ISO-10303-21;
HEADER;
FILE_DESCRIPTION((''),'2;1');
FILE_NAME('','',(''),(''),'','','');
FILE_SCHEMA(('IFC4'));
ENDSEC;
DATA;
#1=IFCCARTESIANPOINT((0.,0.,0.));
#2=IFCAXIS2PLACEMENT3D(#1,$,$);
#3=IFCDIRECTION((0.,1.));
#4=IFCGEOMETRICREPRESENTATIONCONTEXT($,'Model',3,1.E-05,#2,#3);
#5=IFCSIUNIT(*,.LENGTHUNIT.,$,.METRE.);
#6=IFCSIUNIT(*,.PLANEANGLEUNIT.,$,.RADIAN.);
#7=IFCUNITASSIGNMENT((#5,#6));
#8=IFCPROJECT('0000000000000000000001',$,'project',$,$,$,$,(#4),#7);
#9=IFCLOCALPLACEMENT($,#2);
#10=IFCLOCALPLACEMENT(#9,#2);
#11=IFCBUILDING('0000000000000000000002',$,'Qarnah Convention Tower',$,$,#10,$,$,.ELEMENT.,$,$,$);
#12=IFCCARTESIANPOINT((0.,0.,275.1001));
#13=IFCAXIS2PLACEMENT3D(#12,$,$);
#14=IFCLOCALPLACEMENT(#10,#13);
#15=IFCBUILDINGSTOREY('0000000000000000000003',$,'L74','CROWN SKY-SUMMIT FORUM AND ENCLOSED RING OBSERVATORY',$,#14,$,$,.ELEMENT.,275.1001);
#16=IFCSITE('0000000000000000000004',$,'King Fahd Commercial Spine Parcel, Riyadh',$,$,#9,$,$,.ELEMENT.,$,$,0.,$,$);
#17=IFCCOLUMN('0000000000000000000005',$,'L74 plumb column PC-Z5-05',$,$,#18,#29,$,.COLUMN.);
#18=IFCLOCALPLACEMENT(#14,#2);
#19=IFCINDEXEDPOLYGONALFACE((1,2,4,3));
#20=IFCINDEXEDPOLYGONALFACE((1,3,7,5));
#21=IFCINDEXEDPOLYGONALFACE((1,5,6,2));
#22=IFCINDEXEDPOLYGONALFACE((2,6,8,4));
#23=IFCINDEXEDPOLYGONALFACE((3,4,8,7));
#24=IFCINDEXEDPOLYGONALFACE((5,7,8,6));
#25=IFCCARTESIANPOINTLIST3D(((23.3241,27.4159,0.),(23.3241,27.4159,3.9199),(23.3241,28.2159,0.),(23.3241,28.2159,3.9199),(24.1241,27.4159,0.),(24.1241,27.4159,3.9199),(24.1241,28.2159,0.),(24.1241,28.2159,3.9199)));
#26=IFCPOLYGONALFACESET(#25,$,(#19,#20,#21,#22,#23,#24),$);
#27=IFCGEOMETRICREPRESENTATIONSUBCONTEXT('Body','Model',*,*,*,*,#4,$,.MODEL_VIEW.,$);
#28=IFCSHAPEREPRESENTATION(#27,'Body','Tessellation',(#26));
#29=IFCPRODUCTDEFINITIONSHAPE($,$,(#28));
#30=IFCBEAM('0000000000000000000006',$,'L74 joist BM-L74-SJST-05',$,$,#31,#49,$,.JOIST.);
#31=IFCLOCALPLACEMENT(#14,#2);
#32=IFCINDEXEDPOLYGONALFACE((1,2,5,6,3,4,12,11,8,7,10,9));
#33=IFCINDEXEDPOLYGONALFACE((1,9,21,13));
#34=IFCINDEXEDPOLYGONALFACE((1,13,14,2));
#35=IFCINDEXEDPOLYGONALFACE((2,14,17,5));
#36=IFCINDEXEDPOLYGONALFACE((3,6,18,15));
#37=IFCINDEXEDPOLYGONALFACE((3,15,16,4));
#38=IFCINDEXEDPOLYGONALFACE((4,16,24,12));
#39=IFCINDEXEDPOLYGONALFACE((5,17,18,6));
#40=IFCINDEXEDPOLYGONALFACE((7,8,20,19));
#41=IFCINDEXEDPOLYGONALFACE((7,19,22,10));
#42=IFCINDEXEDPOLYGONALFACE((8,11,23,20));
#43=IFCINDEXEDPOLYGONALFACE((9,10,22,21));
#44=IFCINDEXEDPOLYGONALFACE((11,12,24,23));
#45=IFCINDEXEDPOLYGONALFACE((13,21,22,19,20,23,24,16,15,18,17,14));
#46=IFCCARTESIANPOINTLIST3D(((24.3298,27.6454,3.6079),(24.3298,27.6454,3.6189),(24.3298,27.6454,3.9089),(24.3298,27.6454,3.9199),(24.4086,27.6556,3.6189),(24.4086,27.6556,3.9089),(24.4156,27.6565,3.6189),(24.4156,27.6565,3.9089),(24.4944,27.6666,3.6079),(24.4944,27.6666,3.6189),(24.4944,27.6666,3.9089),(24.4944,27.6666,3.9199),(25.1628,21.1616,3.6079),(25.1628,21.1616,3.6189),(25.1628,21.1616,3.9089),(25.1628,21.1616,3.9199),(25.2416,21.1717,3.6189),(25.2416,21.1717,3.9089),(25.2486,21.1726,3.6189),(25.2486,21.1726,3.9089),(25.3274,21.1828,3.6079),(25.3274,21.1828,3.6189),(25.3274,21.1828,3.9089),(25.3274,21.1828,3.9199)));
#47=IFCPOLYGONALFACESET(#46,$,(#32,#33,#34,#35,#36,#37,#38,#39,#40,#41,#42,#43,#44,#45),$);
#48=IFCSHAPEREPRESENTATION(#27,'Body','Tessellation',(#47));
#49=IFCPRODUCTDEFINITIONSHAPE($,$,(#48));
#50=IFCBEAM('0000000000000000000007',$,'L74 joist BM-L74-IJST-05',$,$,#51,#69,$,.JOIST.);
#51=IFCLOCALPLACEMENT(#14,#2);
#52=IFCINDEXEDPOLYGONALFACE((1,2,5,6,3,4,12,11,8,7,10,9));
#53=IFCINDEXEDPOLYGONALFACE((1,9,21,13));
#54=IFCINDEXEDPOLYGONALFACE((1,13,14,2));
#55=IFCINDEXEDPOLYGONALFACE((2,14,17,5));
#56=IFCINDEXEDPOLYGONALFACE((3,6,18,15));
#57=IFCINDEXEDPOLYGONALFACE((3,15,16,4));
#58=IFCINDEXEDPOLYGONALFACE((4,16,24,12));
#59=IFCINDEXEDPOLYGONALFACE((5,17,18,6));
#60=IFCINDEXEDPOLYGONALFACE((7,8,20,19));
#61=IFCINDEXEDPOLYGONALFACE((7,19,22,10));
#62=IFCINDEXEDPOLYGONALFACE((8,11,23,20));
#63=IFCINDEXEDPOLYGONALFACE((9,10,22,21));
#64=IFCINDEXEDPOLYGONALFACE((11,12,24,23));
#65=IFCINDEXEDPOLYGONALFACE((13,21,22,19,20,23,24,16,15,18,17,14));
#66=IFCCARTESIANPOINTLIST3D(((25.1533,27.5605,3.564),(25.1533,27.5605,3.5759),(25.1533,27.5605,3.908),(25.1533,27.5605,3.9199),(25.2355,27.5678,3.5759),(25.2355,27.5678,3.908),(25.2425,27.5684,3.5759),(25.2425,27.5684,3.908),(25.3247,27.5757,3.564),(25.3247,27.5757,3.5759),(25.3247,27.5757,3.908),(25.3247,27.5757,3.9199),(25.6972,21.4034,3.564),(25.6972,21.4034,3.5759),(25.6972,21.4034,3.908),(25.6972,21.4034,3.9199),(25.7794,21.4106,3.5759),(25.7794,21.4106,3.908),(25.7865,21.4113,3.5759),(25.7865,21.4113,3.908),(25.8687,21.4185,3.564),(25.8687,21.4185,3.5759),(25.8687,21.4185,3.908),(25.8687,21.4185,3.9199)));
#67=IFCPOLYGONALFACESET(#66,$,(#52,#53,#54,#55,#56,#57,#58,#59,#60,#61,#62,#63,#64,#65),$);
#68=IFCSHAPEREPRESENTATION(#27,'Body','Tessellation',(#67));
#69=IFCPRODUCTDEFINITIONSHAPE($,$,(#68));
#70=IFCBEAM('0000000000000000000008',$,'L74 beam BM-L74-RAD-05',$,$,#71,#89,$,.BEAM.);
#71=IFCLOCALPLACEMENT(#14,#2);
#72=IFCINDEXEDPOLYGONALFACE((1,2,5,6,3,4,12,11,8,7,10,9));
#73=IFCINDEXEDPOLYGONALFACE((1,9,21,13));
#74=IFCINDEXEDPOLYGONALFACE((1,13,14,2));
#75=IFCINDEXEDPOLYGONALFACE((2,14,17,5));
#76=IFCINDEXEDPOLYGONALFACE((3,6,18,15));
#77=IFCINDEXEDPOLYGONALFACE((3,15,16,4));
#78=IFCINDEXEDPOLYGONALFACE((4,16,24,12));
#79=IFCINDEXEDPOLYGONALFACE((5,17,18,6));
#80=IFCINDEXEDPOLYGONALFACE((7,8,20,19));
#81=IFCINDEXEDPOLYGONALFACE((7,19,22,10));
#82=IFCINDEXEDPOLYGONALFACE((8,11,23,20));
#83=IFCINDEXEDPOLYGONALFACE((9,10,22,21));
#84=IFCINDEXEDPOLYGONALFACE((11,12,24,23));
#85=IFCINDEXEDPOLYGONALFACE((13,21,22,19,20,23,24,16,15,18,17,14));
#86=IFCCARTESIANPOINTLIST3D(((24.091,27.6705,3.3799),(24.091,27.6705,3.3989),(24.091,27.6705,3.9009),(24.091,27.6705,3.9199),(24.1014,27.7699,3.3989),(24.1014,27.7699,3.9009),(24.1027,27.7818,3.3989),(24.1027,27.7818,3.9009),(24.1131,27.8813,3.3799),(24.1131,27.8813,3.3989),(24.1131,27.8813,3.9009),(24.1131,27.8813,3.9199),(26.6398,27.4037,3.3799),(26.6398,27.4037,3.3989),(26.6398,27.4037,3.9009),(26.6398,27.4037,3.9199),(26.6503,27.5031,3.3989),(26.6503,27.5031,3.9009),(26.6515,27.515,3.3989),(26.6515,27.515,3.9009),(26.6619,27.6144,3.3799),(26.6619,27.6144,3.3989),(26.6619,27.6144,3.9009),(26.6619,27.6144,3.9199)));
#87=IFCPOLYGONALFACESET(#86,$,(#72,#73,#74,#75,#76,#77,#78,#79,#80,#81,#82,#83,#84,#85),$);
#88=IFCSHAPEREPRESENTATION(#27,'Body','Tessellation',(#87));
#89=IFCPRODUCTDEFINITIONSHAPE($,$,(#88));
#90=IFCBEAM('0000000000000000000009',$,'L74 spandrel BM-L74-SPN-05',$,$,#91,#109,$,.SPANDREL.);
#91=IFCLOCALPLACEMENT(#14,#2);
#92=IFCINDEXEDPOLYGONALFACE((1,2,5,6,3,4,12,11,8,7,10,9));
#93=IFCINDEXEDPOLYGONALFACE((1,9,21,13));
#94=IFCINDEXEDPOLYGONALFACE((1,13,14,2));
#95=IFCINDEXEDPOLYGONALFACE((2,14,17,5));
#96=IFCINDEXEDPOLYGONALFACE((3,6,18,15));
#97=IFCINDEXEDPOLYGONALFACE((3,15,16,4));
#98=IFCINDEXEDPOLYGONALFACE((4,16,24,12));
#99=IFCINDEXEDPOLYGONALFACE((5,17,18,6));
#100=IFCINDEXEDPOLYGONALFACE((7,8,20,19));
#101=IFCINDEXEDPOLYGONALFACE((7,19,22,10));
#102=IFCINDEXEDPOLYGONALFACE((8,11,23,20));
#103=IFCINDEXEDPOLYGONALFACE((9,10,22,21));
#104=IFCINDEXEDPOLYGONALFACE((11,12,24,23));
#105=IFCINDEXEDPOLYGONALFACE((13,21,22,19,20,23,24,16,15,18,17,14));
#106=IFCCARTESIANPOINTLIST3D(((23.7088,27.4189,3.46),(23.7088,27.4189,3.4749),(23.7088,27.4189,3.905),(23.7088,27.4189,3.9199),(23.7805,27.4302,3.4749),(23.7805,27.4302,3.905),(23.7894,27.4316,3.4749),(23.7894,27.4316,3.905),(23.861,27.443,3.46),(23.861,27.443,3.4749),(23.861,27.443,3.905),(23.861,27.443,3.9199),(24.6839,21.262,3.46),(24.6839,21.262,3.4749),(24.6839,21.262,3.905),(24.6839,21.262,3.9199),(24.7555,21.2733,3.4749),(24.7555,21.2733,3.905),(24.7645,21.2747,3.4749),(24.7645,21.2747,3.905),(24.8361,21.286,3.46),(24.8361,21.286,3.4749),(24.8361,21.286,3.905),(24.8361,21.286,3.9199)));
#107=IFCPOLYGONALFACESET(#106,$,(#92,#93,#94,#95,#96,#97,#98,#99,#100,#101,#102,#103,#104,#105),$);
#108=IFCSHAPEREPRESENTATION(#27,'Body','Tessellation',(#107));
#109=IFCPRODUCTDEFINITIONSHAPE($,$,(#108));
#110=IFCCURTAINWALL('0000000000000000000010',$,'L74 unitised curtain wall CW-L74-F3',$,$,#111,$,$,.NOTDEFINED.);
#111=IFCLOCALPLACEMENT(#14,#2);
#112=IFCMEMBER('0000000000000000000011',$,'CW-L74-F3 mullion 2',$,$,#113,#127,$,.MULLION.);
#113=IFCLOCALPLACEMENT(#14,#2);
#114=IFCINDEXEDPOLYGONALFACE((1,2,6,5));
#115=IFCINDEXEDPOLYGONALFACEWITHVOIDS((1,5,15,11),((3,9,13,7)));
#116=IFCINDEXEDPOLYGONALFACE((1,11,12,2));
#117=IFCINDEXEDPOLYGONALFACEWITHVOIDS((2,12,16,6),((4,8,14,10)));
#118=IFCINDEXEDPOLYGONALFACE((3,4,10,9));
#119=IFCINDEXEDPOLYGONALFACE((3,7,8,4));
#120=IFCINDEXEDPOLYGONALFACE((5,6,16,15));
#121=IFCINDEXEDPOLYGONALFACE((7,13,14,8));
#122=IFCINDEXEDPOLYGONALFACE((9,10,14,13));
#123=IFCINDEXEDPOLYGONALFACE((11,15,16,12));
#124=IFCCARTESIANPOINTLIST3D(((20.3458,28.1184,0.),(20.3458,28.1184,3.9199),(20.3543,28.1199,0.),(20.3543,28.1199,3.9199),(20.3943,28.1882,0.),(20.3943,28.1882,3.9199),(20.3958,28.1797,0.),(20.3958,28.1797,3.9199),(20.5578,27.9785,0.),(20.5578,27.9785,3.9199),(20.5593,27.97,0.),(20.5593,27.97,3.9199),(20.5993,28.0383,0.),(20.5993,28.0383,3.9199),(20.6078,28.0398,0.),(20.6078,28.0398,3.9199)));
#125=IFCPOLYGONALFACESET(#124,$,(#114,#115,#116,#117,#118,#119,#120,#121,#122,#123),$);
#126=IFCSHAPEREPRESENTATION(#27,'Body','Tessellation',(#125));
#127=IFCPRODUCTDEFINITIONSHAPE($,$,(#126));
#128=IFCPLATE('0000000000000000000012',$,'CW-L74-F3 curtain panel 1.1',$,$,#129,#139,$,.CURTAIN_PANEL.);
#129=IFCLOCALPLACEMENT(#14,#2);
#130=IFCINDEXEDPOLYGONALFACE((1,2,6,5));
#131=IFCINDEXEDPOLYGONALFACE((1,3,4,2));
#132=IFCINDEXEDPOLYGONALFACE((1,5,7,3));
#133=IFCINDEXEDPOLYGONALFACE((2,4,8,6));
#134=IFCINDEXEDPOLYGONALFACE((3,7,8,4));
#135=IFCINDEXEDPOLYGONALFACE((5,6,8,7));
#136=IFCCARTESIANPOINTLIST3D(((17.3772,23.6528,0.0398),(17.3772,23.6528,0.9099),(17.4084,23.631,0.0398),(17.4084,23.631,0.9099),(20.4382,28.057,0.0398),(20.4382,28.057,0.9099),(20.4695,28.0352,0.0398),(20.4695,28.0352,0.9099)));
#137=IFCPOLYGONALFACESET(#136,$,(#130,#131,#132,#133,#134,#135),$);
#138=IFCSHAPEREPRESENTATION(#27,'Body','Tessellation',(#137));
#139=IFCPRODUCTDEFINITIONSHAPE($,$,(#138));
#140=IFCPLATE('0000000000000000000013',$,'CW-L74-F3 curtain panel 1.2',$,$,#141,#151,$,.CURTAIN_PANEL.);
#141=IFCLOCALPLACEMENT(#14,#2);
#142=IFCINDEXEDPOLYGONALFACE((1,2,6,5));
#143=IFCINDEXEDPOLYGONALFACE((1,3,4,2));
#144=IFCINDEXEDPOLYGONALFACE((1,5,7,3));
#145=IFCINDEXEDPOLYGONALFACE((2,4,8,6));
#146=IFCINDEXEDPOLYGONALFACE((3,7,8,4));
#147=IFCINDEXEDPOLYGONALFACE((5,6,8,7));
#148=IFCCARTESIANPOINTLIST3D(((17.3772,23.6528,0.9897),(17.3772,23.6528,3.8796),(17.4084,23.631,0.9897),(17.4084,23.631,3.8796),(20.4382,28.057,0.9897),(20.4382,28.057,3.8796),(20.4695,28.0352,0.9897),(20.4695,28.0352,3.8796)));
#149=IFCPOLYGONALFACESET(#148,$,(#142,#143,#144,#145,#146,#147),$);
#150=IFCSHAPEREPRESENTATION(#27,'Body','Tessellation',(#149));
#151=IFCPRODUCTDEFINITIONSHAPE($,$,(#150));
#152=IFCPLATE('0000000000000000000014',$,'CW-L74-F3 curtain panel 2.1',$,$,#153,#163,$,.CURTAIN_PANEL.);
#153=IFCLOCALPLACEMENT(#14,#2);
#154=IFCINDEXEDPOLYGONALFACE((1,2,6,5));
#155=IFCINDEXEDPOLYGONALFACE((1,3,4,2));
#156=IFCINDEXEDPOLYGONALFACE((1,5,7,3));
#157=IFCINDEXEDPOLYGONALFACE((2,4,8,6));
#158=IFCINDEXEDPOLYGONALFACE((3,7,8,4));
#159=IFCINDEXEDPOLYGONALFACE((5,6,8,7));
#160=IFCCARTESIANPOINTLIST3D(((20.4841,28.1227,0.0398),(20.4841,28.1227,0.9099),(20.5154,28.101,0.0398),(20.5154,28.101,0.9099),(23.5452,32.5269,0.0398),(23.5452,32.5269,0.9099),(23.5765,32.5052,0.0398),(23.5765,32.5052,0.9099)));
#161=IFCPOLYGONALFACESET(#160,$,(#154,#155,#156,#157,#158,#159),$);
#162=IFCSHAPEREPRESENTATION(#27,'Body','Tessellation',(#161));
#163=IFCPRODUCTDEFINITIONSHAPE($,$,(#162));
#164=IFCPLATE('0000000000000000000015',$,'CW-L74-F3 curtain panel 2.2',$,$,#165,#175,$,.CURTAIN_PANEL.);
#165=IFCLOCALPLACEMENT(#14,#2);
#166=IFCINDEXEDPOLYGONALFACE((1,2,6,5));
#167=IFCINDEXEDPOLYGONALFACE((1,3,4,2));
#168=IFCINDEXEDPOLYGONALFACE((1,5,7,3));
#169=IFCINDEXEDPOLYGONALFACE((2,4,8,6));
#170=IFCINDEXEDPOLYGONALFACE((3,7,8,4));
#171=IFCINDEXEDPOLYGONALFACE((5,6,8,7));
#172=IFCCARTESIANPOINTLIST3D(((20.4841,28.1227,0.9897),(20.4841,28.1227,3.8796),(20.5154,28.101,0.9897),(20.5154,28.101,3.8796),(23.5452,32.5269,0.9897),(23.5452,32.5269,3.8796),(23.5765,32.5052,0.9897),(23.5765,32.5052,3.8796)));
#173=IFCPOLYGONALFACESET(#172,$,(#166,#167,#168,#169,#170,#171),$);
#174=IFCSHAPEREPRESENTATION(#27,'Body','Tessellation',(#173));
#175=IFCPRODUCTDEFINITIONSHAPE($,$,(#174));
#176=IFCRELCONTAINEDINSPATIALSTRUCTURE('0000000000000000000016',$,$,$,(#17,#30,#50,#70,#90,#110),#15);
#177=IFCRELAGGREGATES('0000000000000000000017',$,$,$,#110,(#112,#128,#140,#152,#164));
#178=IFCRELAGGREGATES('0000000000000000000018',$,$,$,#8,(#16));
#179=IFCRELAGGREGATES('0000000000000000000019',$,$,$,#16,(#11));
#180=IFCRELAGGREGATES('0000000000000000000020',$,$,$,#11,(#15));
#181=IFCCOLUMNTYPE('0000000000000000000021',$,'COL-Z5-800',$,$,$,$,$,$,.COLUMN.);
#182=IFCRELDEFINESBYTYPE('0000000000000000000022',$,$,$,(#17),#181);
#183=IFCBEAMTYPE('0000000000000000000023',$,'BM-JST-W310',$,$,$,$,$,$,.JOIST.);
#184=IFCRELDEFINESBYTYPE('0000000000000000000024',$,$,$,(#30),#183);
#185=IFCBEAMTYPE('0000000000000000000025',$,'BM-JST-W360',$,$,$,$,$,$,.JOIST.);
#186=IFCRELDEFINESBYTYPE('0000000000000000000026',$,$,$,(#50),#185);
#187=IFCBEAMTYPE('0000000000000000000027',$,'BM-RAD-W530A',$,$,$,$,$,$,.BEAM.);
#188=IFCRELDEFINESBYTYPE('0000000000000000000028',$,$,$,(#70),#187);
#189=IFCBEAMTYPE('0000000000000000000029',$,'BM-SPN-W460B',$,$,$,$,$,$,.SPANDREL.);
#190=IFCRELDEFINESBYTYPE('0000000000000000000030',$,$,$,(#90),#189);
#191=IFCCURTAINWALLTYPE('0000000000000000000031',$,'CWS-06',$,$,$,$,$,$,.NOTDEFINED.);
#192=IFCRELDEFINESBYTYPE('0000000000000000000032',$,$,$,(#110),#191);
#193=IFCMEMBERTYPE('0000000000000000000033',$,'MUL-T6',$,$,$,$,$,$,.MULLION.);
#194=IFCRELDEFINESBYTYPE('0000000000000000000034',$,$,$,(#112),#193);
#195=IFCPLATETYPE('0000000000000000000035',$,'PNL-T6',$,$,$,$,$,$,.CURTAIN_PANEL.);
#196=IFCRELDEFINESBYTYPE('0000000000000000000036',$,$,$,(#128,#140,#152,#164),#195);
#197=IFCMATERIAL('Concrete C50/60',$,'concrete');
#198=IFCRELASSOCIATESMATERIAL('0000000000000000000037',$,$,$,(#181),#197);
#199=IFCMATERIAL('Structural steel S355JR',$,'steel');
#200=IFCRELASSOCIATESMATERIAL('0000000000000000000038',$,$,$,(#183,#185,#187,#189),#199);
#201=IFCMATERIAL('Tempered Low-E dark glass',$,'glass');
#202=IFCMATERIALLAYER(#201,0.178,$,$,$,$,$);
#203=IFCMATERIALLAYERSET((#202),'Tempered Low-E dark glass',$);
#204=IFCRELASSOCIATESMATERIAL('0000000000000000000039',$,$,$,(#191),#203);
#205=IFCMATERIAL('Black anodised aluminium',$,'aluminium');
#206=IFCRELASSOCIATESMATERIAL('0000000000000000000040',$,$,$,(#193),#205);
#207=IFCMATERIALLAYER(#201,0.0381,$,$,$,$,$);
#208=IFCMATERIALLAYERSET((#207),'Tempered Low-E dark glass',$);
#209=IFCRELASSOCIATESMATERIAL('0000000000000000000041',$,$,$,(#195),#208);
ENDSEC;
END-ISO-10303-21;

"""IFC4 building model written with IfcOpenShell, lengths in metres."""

from ifc_helpers import new_model, si_unit, direction, frame, origin, origin_2d, place, context, subcontext, project, spatial, rectangle, hollow_rectangle, i_section, extrude, material, layer, layer_set, material_profile, profile_set, type_object, element, aggregate, save


model = new_model("IFC4")

# Units and contexts
model_context = context("Model", 3, precision=1e-05, world=origin(), true_north=direction((0.0, 1.0)))
body_context = subcontext(model_context, "Body", "Model", "MODEL_VIEW")
ifc_project = project(units=[si_unit("LENGTHUNIT", "METRE"), si_unit("PLANEANGLEUNIT", "RADIAN")], contexts=[model_context])

# Site, building, storey
site_placement = place(None, origin())
site = spatial("IfcSite", under=ifc_project, at=site_placement, Name="King Fahd Commercial Spine Parcel, Riyadh", CompositionType="ELEMENT", RefElevation=0.0)
building_placement = place(site_placement, origin())
building = spatial("IfcBuilding", under=site, at=building_placement, Name="Qarnah Convention Tower", CompositionType="ELEMENT")
storey_placement = place(building_placement, frame((0.0, 0.0, 275.1001)))
storey = spatial("IfcBuildingStorey", under=building, at=storey_placement, Name="L74", Description="CROWN SKY-SUMMIT FORUM AND ENCLOSED RING OBSERVATORY", CompositionType="ELEMENT", Elevation=275.1001)

# Column
ifc_material_1 = material(Name="Concrete C50/60", Category="concrete")
ifc_material_profile_1 = material_profile(ifc_material_1, rectangle(XDim=0.8, YDim=0.8, at=origin_2d()), Name="RC-COL-800X800")
ifc_profile_set_1 = profile_set([ifc_material_profile_1], Name="Concrete C50/60")
column_type = type_object("IfcColumnType", Name="COL-Z5-800", PredefinedType="COLUMN", material=ifc_profile_set_1)
column_placement = place(storey_placement, frame((23.7241, 27.8159, 0.0), z_axis=(0.0, 0.0, 1.0), x_axis=(1.0, 0.0, 0.0)))
element("IfcColumn", 1, at=column_placement, inside=storey, type_object=column_type, Name="L74 plumb column PC-Z5-05", PredefinedType="COLUMN", context=body_context, shape_type="SweptSolid", body=[
    extrude(rectangle(XDim=0.8, YDim=0.8, at=origin_2d()), origin(), (0.0, 0.0, 1.0), 3.9199),
])

# Beams
ifc_material_2 = material(Name="Structural steel S355JR", Category="steel")
ifc_material_profile_2 = material_profile(ifc_material_2, i_section(OverallWidth=0.166, OverallDepth=0.312, WebThickness=0.0071, FlangeThickness=0.011, at=origin_2d()), Name="W310X45")
ifc_profile_set_2 = profile_set([ifc_material_profile_2], Name="Structural steel S355JR")
beam_type_1 = type_object("IfcBeamType", Name="BM-JST-W310", PredefinedType="JOIST", material=ifc_profile_set_2)
beam_1_placement = place(storey_placement, frame((24.4121, 27.656, 3.7639), z_axis=(0.127426, -0.991848, 0.0), x_axis=(0.991848, 0.127426, 0.0)))
element("IfcBeam", 2, at=beam_1_placement, inside=storey, type_object=beam_type_1, Name="L74 joist BM-L74-SJST-05", PredefinedType="JOIST", context=body_context, shape_type="SweptSolid", body=[
    extrude(i_section(OverallWidth=0.166, OverallDepth=0.312, WebThickness=0.0071, FlangeThickness=0.011, at=origin_2d()), origin(), (0.0, 0.0, 1.0), 6.5371),
])
ifc_material_profile_3 = material_profile(ifc_material_2, i_section(OverallWidth=0.1721, OverallDepth=0.356, WebThickness=0.0071, FlangeThickness=0.012, at=origin_2d()), Name="W360X51")
ifc_profile_set_3 = profile_set([ifc_material_profile_3], Name="Structural steel S355JR")
beam_type_2 = type_object("IfcBeamType", Name="BM-JST-W360", PredefinedType="JOIST", material=ifc_profile_set_3)
beam_2_placement = place(storey_placement, frame((25.239, 27.5681, 3.7419), z_axis=(0.088, -0.99612, 0.0), x_axis=(0.99612, 0.088, 0.0)))
element("IfcBeam", 3, at=beam_2_placement, inside=storey, type_object=beam_type_2, Name="L74 joist BM-L74-IJST-05", PredefinedType="JOIST", context=body_context, shape_type="SweptSolid", body=[
    extrude(i_section(OverallWidth=0.1721, OverallDepth=0.356, WebThickness=0.0071, FlangeThickness=0.012, at=origin_2d()), origin(), (0.0, 0.0, 1.0), 6.1812),
])
ifc_material_profile_4 = material_profile(ifc_material_2, i_section(OverallWidth=0.2119, OverallDepth=0.54, WebThickness=0.012, FlangeThickness=0.019, at=origin_2d()), Name="W530X109")
ifc_profile_set_4 = profile_set([ifc_material_profile_4], Name="Structural steel S355JR")
beam_type_3 = type_object("IfcBeamType", Name="BM-RAD-W530A", PredefinedType="BEAM", material=ifc_profile_set_4)
beam_3_placement = place(storey_placement, frame((26.6509, 27.509, 3.6499), z_axis=(-0.994564, 0.104124, 0.0), x_axis=(-0.104124, -0.994564, 0.0)))
element("IfcBeam", 4, at=beam_3_placement, inside=storey, type_object=beam_type_3, Name="L74 beam BM-L74-RAD-05", PredefinedType="BEAM", context=body_context, shape_type="SweptSolid", body=[
    extrude(i_section(OverallWidth=0.2119, OverallDepth=0.54, WebThickness=0.012, FlangeThickness=0.019, at=origin_2d()), origin(), (0.0, 0.0, 1.0), 2.5627),
])
ifc_material_profile_5 = material_profile(ifc_material_2, i_section(OverallWidth=0.1541, OverallDepth=0.46, WebThickness=0.009, FlangeThickness=0.0149, at=origin_2d()), Name="W460X68")
ifc_profile_set_5 = profile_set([ifc_material_profile_5], Name="Structural steel S355JR")
beam_type_4 = type_object("IfcBeamType", Name="BM-SPN-W460B", PredefinedType="SPANDREL", material=ifc_profile_set_5)
beam_4_placement = place(storey_placement, frame((23.7849, 27.4309, 3.6899), z_axis=(0.156423, -0.98769, 0.0), x_axis=(0.98769, 0.156423, 0.0)))
element("IfcBeam", 5, at=beam_4_placement, inside=storey, type_object=beam_type_4, Name="L74 spandrel BM-L74-SPN-05", PredefinedType="SPANDREL", context=body_context, shape_type="SweptSolid", body=[
    extrude(i_section(OverallWidth=0.1541, OverallDepth=0.46, WebThickness=0.009, FlangeThickness=0.0149, at=origin_2d()), origin(), (0.0, 0.0, 1.0), 6.2336),
])

# Curtain wall, member, plates
ifc_material_3 = material(Name="Tempered Low-E dark glass", Category="glass")
ifc_layer_1 = layer(ifc_material_3, 0.178)
ifc_layer_set_1 = layer_set([ifc_layer_1], Name="Tempered Low-E dark glass")
curtain_wall_type = type_object("IfcCurtainWallType", Name="CWS-06", PredefinedType="NOTDEFINED", material=ifc_layer_set_1)
curtain_wall_placement = place(storey_placement, origin())
curtain_wall = element("IfcCurtainWall", 6, at=curtain_wall_placement, inside=storey, type_object=curtain_wall_type, Name="L74 unitised curtain wall CW-L74-F3", PredefinedType="NOTDEFINED")
ifc_material_4 = material(Name="Black anodised aluminium", Category="aluminium")
ifc_material_profile_6 = material_profile(ifc_material_4, hollow_rectangle(XDim=0.085, YDim=0.26, WallThickness=0.0061, at=origin_2d()), Name="MUL-85X260")
ifc_profile_set_6 = profile_set([ifc_material_profile_6], Name="Black anodised aluminium")
member_type = type_object("IfcMemberType", Name="MUL-T6", PredefinedType="MULLION", material=ifc_profile_set_6)
member_placement = place(storey_placement, frame((20.4768, 28.0791, 0.0), z_axis=(0.0, 0.0, 1.0), x_axis=(0.570722, 0.821143, 0.0)))
member = element("IfcMember", 7, at=member_placement, type_object=member_type, Name="CW-L74-F3 mullion 2", PredefinedType="MULLION", context=body_context, shape_type="SweptSolid", body=[
    extrude(hollow_rectangle(XDim=0.085, YDim=0.26, WallThickness=0.0061, at=origin_2d()), origin(), (0.0, 0.0, 1.0), 3.9199),
])
ifc_layer_2 = layer(ifc_material_3, 0.0381)
ifc_layer_set_2 = layer_set([ifc_layer_2], Name="Tempered Low-E dark glass")
plate_type = type_object("IfcPlateType", Name="PNL-T6", PredefinedType="CURTAIN_PANEL", material=ifc_layer_set_2)
plate_1_placement = place(storey_placement, frame((18.9233, 25.844, 0.0398), z_axis=(0.0, 0.0, 1.0), x_axis=(0.570722, 0.821143, 0.0)))
plate_1 = element("IfcPlate", 8, at=plate_1_placement, type_object=plate_type, Name="CW-L74-F3 curtain panel 1.1", PredefinedType="CURTAIN_PANEL", context=body_context, shape_type="SweptSolid", body=[
    extrude(rectangle(XDim=5.3635, YDim=0.0381, at=origin_2d()), origin(), (0.0, 0.0, 1.0), 0.8701),
])
plate_2_placement = place(storey_placement, frame((18.9233, 25.844, 0.9897), z_axis=(0.0, 0.0, 1.0), x_axis=(0.570722, 0.821143, 0.0)))
plate_2 = element("IfcPlate", 9, at=plate_2_placement, type_object=plate_type, Name="CW-L74-F3 curtain panel 1.2", PredefinedType="CURTAIN_PANEL", context=body_context, shape_type="SweptSolid", body=[
    extrude(rectangle(XDim=5.3635, YDim=0.0381, at=origin_2d()), origin(), (0.0, 0.0, 1.0), 2.8899),
])
plate_3_placement = place(storey_placement, frame((22.0303, 30.314, 0.0398), z_axis=(0.0, 0.0, 1.0), x_axis=(0.570722, 0.821143, 0.0)))
plate_3 = element("IfcPlate", 10, at=plate_3_placement, type_object=plate_type, Name="CW-L74-F3 curtain panel 2.1", PredefinedType="CURTAIN_PANEL", context=body_context, shape_type="SweptSolid", body=[
    extrude(rectangle(XDim=5.3635, YDim=0.0381, at=origin_2d()), origin(), (0.0, 0.0, 1.0), 0.8701),
])
plate_4_placement = place(storey_placement, frame((22.0303, 30.314, 0.9897), z_axis=(0.0, 0.0, 1.0), x_axis=(0.570722, 0.821143, 0.0)))
plate_4 = element("IfcPlate", 11, at=plate_4_placement, type_object=plate_type, Name="CW-L74-F3 curtain panel 2.2", PredefinedType="CURTAIN_PANEL", context=body_context, shape_type="SweptSolid", body=[
    extrude(rectangle(XDim=5.3635, YDim=0.0381, at=origin_2d()), origin(), (0.0, 0.0, 1.0), 2.8899),
])
aggregate(curtain_wall, [member, plate_1, plate_2, plate_3, plate_4])

save(model, "model.ifc")
